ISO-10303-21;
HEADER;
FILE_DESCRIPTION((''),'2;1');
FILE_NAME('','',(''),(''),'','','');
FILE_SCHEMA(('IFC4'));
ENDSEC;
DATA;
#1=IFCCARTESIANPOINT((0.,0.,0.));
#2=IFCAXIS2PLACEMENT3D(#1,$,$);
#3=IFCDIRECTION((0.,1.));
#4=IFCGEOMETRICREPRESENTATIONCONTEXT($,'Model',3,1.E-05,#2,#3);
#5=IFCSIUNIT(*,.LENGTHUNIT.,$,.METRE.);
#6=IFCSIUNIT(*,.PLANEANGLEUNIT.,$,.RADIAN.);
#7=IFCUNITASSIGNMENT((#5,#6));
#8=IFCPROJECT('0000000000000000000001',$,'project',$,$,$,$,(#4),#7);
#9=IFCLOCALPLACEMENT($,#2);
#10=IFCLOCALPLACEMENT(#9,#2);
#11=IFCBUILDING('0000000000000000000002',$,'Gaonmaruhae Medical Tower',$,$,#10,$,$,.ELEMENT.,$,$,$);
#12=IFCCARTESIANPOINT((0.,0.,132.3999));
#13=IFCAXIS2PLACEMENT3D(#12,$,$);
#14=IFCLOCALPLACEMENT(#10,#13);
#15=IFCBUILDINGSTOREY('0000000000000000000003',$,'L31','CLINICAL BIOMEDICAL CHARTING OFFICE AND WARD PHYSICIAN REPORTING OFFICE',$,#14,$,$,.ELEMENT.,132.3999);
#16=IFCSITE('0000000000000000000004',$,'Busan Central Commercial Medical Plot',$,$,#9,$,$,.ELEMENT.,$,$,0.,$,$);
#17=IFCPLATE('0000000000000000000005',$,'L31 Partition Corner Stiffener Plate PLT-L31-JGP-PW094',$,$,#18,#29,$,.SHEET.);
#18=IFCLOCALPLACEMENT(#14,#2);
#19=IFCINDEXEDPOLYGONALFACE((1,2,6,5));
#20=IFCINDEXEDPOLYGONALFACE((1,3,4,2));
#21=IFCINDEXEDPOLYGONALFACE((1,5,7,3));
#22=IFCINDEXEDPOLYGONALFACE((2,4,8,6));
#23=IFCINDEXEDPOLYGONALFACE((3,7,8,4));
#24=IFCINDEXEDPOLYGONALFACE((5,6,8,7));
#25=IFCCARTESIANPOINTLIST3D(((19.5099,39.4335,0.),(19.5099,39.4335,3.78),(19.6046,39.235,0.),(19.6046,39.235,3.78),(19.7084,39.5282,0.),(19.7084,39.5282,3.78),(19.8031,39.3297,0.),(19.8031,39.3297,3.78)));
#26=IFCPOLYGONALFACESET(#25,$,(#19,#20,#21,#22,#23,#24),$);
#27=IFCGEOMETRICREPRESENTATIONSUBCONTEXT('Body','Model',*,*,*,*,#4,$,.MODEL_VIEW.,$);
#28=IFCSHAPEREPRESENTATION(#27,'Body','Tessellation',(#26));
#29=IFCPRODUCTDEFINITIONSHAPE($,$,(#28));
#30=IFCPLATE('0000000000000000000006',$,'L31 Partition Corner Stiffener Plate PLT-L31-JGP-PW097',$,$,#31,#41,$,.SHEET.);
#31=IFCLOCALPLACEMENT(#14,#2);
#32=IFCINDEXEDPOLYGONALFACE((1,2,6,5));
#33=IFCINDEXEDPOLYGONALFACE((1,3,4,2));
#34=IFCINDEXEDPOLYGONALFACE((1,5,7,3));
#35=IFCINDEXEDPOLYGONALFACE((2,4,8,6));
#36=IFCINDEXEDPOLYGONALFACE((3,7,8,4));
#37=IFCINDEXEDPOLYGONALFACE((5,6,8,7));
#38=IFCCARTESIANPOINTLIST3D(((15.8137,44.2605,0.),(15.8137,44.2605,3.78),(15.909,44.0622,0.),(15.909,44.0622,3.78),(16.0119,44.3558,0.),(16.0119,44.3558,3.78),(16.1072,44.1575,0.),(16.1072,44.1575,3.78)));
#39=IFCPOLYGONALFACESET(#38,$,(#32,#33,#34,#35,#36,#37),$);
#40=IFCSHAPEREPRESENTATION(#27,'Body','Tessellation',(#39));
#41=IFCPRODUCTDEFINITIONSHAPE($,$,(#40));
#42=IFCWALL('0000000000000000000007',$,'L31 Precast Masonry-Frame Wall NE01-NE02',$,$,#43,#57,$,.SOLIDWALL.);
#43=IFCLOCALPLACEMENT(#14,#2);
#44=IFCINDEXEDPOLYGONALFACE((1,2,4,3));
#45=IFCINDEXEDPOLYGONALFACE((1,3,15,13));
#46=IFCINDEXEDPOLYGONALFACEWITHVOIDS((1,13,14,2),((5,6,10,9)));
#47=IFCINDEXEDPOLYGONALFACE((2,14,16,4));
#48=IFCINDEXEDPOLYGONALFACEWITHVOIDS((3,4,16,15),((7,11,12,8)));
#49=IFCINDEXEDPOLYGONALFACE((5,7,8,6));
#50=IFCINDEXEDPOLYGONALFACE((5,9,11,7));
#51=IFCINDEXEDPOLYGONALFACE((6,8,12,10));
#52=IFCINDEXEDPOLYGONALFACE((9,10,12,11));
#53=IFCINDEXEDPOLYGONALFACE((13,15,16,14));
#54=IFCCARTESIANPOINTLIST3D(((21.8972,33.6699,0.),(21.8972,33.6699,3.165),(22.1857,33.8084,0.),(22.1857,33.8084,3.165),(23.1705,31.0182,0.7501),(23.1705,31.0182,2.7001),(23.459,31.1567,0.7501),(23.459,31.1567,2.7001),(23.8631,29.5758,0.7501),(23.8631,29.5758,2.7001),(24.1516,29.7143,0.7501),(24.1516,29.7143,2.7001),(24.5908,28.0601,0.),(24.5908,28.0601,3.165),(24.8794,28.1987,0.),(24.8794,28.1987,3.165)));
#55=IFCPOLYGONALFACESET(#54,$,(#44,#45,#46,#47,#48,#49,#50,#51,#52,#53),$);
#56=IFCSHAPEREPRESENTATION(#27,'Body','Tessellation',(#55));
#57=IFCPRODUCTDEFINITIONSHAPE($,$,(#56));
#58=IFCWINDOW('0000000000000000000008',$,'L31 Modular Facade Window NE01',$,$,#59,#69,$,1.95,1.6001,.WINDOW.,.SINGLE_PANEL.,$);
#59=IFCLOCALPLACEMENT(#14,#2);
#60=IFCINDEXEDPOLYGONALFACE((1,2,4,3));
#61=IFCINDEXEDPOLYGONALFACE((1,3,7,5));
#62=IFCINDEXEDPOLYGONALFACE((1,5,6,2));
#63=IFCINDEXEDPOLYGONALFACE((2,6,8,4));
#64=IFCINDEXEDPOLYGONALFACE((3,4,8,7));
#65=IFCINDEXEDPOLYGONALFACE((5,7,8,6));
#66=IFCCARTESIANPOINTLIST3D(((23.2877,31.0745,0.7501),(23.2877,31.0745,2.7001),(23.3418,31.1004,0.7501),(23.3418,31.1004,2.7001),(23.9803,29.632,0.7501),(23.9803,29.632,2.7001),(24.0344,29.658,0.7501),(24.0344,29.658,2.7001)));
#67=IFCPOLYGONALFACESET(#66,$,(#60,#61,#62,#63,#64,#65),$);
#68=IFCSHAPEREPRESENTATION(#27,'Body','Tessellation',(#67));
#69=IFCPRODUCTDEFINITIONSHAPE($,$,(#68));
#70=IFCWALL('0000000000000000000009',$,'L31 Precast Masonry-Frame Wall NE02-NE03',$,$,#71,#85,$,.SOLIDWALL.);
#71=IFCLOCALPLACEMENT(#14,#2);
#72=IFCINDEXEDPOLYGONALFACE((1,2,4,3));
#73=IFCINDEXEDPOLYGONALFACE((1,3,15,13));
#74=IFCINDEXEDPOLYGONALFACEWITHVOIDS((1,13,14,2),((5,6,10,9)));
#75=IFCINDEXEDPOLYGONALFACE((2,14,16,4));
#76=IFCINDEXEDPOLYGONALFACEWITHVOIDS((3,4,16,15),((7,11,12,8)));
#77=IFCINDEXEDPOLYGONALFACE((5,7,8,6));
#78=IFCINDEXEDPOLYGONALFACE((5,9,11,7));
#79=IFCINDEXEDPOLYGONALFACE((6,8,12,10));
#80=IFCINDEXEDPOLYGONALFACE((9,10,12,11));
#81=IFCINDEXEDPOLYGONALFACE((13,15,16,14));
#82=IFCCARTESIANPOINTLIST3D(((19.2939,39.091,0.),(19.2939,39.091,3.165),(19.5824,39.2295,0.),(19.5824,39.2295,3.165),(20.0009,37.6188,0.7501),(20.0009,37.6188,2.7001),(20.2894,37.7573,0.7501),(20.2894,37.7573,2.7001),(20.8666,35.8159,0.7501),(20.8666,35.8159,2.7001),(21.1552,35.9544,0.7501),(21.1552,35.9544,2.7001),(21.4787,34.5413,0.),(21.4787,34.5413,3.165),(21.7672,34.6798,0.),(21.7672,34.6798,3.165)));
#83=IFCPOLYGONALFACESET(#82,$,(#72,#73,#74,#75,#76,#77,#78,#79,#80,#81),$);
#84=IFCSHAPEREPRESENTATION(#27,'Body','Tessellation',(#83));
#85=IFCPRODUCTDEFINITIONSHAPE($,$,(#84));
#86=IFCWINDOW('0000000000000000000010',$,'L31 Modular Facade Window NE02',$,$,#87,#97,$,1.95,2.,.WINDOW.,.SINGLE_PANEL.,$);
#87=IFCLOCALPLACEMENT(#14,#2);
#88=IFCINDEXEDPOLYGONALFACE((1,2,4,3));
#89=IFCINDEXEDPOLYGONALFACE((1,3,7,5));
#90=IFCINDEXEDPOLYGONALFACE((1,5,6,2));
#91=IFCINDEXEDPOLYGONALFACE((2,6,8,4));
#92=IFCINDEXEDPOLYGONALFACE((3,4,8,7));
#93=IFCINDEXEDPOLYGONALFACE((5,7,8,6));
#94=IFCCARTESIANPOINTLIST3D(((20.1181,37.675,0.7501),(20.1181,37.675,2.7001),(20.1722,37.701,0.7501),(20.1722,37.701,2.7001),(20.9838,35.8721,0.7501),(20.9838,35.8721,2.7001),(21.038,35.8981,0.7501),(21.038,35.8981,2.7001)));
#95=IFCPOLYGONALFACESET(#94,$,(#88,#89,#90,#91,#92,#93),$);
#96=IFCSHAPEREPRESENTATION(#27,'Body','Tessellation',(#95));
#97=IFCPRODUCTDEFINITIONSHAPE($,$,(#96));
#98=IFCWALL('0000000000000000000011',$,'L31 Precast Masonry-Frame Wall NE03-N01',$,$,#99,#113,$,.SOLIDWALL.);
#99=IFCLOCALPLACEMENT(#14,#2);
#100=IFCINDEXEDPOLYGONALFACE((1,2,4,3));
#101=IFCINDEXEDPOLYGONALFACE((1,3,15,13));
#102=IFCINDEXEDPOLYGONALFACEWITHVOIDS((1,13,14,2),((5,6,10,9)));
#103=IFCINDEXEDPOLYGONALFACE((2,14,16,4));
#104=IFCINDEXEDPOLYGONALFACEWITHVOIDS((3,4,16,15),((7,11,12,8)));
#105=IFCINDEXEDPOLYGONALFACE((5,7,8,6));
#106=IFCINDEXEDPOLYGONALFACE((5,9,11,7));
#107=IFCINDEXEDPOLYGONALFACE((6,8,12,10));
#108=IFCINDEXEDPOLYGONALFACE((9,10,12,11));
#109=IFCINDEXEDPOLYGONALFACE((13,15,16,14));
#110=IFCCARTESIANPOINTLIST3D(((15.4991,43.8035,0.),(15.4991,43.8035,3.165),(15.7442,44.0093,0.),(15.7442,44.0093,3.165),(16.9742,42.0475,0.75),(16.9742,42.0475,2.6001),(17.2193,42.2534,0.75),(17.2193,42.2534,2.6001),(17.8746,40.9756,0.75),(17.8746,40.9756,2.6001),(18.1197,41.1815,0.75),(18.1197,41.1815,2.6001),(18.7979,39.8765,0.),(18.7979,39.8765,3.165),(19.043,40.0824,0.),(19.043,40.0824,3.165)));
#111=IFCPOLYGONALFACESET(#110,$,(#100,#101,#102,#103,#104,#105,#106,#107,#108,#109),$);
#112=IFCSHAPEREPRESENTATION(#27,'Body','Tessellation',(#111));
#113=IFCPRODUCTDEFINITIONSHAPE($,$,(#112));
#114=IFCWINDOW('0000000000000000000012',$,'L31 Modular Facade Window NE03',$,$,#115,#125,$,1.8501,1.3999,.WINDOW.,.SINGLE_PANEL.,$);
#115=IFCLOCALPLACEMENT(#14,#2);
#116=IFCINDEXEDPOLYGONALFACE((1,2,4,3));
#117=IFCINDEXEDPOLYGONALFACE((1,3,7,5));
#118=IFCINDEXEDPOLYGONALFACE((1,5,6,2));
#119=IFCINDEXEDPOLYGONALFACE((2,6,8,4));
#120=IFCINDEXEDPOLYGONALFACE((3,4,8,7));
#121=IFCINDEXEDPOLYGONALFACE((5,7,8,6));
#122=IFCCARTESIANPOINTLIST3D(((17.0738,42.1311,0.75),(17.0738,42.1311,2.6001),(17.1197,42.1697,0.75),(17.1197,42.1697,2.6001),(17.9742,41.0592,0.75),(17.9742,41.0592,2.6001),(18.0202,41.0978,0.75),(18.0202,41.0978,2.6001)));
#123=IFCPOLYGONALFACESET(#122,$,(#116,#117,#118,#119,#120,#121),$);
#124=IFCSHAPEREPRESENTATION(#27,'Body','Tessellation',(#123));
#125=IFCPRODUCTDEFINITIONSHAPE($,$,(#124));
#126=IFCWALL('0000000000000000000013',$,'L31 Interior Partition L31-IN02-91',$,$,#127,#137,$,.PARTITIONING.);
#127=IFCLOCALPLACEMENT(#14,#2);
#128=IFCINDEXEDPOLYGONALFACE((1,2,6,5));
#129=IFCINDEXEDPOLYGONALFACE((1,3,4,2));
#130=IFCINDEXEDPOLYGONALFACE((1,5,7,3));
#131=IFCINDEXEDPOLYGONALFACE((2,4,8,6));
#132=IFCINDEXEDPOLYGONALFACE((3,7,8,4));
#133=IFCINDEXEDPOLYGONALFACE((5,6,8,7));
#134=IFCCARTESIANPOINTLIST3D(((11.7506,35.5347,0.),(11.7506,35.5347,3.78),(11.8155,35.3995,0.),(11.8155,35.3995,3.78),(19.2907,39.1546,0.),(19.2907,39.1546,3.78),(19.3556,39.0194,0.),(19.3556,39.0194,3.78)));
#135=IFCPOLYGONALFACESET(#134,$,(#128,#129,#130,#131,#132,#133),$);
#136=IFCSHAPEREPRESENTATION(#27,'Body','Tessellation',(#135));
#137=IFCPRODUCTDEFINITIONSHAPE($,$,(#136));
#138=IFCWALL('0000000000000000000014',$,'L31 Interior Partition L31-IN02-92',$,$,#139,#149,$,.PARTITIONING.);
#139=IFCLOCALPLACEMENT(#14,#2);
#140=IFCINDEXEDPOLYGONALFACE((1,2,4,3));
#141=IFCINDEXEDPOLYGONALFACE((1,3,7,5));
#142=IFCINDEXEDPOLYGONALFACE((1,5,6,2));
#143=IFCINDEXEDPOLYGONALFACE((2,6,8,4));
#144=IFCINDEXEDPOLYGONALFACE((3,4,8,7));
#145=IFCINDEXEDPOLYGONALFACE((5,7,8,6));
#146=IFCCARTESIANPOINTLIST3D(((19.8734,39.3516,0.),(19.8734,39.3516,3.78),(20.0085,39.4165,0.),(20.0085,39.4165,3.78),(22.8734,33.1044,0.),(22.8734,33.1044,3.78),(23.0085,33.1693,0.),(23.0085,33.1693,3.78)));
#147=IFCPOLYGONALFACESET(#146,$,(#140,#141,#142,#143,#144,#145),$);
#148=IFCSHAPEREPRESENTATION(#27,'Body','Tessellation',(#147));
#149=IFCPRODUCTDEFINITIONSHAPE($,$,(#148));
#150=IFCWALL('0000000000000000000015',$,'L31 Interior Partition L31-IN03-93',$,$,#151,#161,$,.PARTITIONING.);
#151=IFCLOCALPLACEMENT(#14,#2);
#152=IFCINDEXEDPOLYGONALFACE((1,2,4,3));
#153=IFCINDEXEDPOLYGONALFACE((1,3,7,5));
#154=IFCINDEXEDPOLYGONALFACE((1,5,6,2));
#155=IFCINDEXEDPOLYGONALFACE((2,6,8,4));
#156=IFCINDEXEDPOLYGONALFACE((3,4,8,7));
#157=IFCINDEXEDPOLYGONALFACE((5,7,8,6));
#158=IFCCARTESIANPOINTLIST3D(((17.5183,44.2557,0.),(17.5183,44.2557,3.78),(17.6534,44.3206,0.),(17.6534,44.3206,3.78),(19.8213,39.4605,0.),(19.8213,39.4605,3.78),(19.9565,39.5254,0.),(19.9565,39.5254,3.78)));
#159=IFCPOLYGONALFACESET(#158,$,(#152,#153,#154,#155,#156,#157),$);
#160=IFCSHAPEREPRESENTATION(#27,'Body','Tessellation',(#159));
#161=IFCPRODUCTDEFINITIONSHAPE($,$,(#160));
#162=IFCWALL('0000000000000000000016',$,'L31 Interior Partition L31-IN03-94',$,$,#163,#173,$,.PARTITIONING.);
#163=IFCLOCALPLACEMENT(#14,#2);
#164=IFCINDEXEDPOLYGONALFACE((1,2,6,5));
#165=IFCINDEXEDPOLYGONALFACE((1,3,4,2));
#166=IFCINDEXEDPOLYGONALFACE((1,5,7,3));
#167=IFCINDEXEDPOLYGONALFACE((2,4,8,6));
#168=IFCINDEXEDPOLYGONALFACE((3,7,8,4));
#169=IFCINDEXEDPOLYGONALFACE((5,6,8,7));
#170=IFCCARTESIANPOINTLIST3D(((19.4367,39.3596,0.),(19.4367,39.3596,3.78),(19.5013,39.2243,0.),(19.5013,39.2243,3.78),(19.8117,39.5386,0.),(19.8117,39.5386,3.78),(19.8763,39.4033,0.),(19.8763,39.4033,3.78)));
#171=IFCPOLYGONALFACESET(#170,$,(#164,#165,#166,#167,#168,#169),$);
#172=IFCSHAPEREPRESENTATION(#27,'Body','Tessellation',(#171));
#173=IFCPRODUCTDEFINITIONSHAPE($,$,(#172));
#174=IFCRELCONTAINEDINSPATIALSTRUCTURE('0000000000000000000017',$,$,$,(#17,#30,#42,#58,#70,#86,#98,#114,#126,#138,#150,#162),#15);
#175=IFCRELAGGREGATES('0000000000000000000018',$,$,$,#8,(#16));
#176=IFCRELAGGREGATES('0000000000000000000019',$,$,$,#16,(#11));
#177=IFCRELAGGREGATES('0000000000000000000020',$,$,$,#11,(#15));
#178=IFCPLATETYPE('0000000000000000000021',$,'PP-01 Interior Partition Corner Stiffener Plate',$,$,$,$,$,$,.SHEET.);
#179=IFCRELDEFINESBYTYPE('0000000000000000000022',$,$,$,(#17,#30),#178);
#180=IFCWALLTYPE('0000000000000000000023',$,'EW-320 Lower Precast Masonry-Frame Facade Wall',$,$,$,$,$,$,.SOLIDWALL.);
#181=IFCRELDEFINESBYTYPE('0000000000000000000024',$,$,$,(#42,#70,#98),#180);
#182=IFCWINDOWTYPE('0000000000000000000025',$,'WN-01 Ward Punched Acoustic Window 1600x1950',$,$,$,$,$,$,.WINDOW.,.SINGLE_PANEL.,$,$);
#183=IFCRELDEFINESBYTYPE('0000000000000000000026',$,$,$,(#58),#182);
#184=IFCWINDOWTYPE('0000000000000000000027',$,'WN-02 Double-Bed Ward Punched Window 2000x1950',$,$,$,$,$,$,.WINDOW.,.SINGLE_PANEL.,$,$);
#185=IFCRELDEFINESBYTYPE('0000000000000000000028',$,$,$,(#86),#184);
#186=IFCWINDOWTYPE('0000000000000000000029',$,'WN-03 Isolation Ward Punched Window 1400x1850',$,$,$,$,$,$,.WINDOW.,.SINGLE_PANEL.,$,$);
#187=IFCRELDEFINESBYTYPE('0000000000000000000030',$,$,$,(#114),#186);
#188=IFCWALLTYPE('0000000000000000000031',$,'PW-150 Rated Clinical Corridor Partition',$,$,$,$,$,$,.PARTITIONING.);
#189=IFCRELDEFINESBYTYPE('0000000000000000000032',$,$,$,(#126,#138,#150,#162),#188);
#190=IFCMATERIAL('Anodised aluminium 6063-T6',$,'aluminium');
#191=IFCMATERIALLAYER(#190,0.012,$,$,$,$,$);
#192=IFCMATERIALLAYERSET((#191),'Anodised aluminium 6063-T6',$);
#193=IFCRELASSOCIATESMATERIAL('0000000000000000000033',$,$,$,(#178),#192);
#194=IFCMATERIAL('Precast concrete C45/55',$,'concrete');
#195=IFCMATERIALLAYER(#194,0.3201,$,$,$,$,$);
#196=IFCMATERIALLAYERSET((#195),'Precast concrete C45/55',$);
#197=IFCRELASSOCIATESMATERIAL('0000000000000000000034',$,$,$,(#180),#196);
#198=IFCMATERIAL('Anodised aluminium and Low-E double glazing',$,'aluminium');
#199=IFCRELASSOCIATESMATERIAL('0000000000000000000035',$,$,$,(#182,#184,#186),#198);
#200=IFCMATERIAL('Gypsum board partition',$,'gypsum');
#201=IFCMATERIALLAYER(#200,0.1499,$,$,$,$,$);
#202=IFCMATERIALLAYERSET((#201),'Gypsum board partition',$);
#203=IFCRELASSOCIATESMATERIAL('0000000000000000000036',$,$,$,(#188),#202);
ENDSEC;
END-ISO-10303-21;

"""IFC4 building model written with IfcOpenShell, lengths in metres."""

from ifc_helpers import new_model, si_unit, direction, frame, frame_2d, origin, origin_2d, place, context, subcontext, project, spatial, rectangle, extrude, material, layer, layer_set, type_object, element, fill, save


model = new_model("IFC4")

# Units and contexts
model_context = context("Model", 3, precision=1e-05, world=origin(), true_north=direction((0.0, 1.0)))
body_context = subcontext(model_context, "Body", "Model", "MODEL_VIEW")
ifc_project = project(units=[si_unit("LENGTHUNIT", "METRE"), si_unit("PLANEANGLEUNIT", "RADIAN")], contexts=[model_context])

# Site, building, storey
site_placement = place(None, origin())
site = spatial("IfcSite", under=ifc_project, at=site_placement, Name="Busan Central Commercial Medical Plot", CompositionType="ELEMENT", RefElevation=0.0)
building_placement = place(site_placement, origin())
building = spatial("IfcBuilding", under=site, at=building_placement, Name="Gaonmaruhae Medical Tower", CompositionType="ELEMENT")
storey_placement = place(building_placement, frame((0.0, 0.0, 132.3999)))
storey = spatial("IfcBuildingStorey", under=building, at=storey_placement, Name="L31", Description="CLINICAL BIOMEDICAL CHARTING OFFICE AND WARD PHYSICIAN REPORTING OFFICE", CompositionType="ELEMENT", Elevation=132.3999)

# Plates
ifc_material_1 = material(Name="Anodised aluminium 6063-T6", Category="aluminium")
ifc_layer_1 = layer(ifc_material_1, 0.012)
ifc_layer_set_1 = layer_set([ifc_layer_1], Name="Anodised aluminium 6063-T6")
plate_type = type_object("IfcPlateType", Name="PP-01 Interior Partition Corner Stiffener Plate", PredefinedType="SHEET", material=ifc_layer_set_1)
for number, where, z_axis, x_axis, name in (
    (1, (19.6565, 39.3816, 0.0), (0.0, 0.0, 1.0), (-0.902458, -0.430779, 0.0), "L31 Partition Corner Stiffener Plate PLT-L31-JGP-PW094"),
    (2, (15.9604, 44.209, 0.0), (0.0, 0.0, 1.0), (0.433187, -0.901304, 0.0), "L31 Partition Corner Stiffener Plate PLT-L31-JGP-PW097"),
):
    element("IfcPlate", number, at=place(storey_placement, frame(where, z_axis=z_axis, x_axis=x_axis)), inside=storey, type_object=plate_type, Name=name, PredefinedType="SHEET", context=body_context, shape_type="SweptSolid", body=[
        extrude(rectangle(XDim=0.22, YDim=0.22, at=origin_2d()), origin(), (0.0, 0.0, 1.0), 3.78),
    ])

# Walls, openings, windows
ifc_material_2 = material(Name="Precast concrete C45/55", Category="concrete")
ifc_layer_2 = layer(ifc_material_2, 0.3201)
ifc_layer_set_2 = layer_set([ifc_layer_2], Name="Precast concrete C45/55")
wall_type_1 = type_object("IfcWallType", Name="EW-320 Lower Precast Masonry-Frame Facade Wall", PredefinedType="SOLIDWALL", material=ifc_layer_set_2)
wall_1_placement = place(storey_placement, frame((22.0415, 33.739, 0.0), z_axis=(0.0, 0.0, 1.0), x_axis=(0.43286, -0.901461, 0.0)))
wall_1 = element("IfcWall", 3, at=wall_1_placement, inside=storey, type_object=wall_type_1, Name="L31 Precast Masonry-Frame Wall NE01-NE02", PredefinedType="SOLIDWALL", context=body_context, shape_type="SweptSolid", body=[
    extrude(rectangle(XDim=6.2229, YDim=0.3201, at=frame_2d((3.1113, 0.0))), origin(), (0.0, 0.0, 1.0), 3.165),
])
opening_1_placement = place(wall_1_placement, frame((2.9414, 0.0, 0.75)))
opening_1 = element("IfcOpeningElement", 4, at=opening_1_placement, cuts=wall_1, PredefinedType="OPENING", context=body_context, shape_type="SweptSolid", body=[
    extrude(rectangle(XDim=1.6001, YDim=1.95, at=frame_2d((0.8, 0.9751))), frame((0.0, 0.1699, 0.0), z_axis=(0.0, -1.0, 0.0), x_axis=(1.0, 0.0, 0.0)), (0.0, 0.0, 1.0), 0.3401),
])
ifc_material_3 = material(Name="Anodised aluminium and Low-E double glazing", Category="aluminium")
window_type_1 = type_object("IfcWindowType", Name="WN-01 Ward Punched Acoustic Window 1600x1950", PartitioningType="SINGLE_PANEL", PredefinedType="WINDOW", material=ifc_material_3)
window_1_placement = place(opening_1_placement, origin())
window_1 = element("IfcWindow", 5, at=window_1_placement, inside=storey, type_object=window_type_1, Name="L31 Modular Facade Window NE01", OverallHeight=1.95, OverallWidth=1.6001, PartitioningType="SINGLE_PANEL", PredefinedType="WINDOW", context=body_context, shape_type="SweptSolid", body=[
    extrude(rectangle(XDim=1.6001, YDim=1.95, at=frame_2d((0.8, 0.9751))), frame((0.0, 0.03, 0.0), z_axis=(0.0, -1.0, 0.0), x_axis=(1.0, 0.0, 0.0)), (0.0, 0.0, 1.0), 0.0601),
])
fill(opening_1, window_1)
wall_2_placement = place(storey_placement, frame((19.4382, 39.1602, 0.0), z_axis=(0.0, 0.0, 1.0), x_axis=(0.432877, -0.901453, 0.0)))
wall_2 = element("IfcWall", 6, at=wall_2_placement, inside=storey, type_object=wall_type_1, Name="L31 Precast Masonry-Frame Wall NE02-NE03", PredefinedType="SOLIDWALL", context=body_context, shape_type="SweptSolid", body=[
    extrude(rectangle(XDim=5.0471, YDim=0.3201, at=frame_2d((2.5234, 0.0))), origin(), (0.0, 0.0, 1.0), 3.165),
])
opening_2_placement = place(wall_2_placement, frame((1.6331, 0.0, 0.75)))
opening_2 = element("IfcOpeningElement", 7, at=opening_2_placement, cuts=wall_2, PredefinedType="OPENING", context=body_context, shape_type="SweptSolid", body=[
    extrude(rectangle(XDim=2.0, YDim=1.95, at=frame_2d((1.0, 0.9751))), frame((0.0, 0.1699, 0.0), z_axis=(0.0, -1.0, 0.0), x_axis=(1.0, 0.0, 0.0)), (0.0, 0.0, 1.0), 0.3401),
])
window_type_2 = type_object("IfcWindowType", Name="WN-02 Double-Bed Ward Punched Window 2000x1950", PartitioningType="SINGLE_PANEL", PredefinedType="WINDOW", material=ifc_material_3)
window_2_placement = place(opening_2_placement, origin())
window_2 = element("IfcWindow", 8, at=window_2_placement, inside=storey, type_object=window_type_2, Name="L31 Modular Facade Window NE02", OverallHeight=1.95, OverallWidth=2.0, PartitioningType="SINGLE_PANEL", PredefinedType="WINDOW", context=body_context, shape_type="SweptSolid", body=[
    extrude(rectangle(XDim=2.0, YDim=1.95, at=frame_2d((1.0, 0.9751))), frame((0.0, 0.03, 0.0), z_axis=(0.0, -1.0, 0.0), x_axis=(1.0, 0.0, 0.0)), (0.0, 0.0, 1.0), 0.0601),
])
fill(opening_2, window_2)
wall_3_placement = place(storey_placement, frame((15.6216, 43.9065, 0.0), z_axis=(0.0, 0.0, 1.0), x_axis=(0.643209, -0.765691, 0.0)))
wall_3 = element("IfcWall", 9, at=wall_3_placement, inside=storey, type_object=wall_type_1, Name="L31 Precast Masonry-Frame Wall NE03-N01", PredefinedType="SOLIDWALL", context=body_context, shape_type="SweptSolid", body=[
    extrude(rectangle(XDim=5.1287, YDim=0.3201, at=frame_2d((2.5645, 0.0))), origin(), (0.0, 0.0, 1.0), 3.165),
])
opening_3_placement = place(wall_3_placement, frame((2.2935, 0.0, 0.75)))
opening_3 = element("IfcOpeningElement", 10, at=opening_3_placement, cuts=wall_3, PredefinedType="OPENING", context=body_context, shape_type="SweptSolid", body=[
    extrude(rectangle(XDim=1.3999, YDim=1.8501, at=frame_2d((0.7, 0.925))), frame((0.0, 0.1699, 0.0), z_axis=(0.0, -1.0, 0.0), x_axis=(1.0, 0.0, 0.0)), (0.0, 0.0, 1.0), 0.3401),
])
window_type_3 = type_object("IfcWindowType", Name="WN-03 Isolation Ward Punched Window 1400x1850", PartitioningType="SINGLE_PANEL", PredefinedType="WINDOW", material=ifc_material_3)
window_3_placement = place(opening_3_placement, origin())
window_3 = element("IfcWindow", 11, at=window_3_placement, inside=storey, type_object=window_type_3, Name="L31 Modular Facade Window NE03", OverallHeight=1.8501, OverallWidth=1.3999, PartitioningType="SINGLE_PANEL", PredefinedType="WINDOW", context=body_context, shape_type="SweptSolid", body=[
    extrude(rectangle(XDim=1.3999, YDim=1.8501, at=frame_2d((0.7, 0.925))), frame((0.0, 0.03, 0.0), z_axis=(0.0, -1.0, 0.0), x_axis=(1.0, 0.0, 0.0)), (0.0, 0.0, 1.0), 0.0601),
])
fill(opening_3, window_3)

# Walls
ifc_material_4 = material(Name="Gypsum board partition", Category="gypsum")
ifc_layer_3 = layer(ifc_material_4, 0.1499)
ifc_layer_set_3 = layer_set([ifc_layer_3], Name="Gypsum board partition")
wall_type_2 = type_object("IfcWallType", Name="PW-150 Rated Clinical Corridor Partition", PredefinedType="PARTITIONING", material=ifc_layer_set_3)
wall_4_placement = place(storey_placement, frame((11.783, 35.467, 0.0), z_axis=(0.0, 0.0, 1.0), x_axis=(0.901493, 0.432795, 0.0)))
element("IfcWall", 12, at=wall_4_placement, inside=storey, type_object=wall_type_2, Name="L31 Interior Partition L31-IN02-91", PredefinedType="PARTITIONING", context=body_context, shape_type="SweptSolid", body=[
    extrude(rectangle(XDim=8.364, YDim=0.1499, at=frame_2d((4.1821, 0.0))), origin(), (0.0, 0.0, 1.0), 3.78),
])
wall_5_placement = place(storey_placement, frame((19.9409, 39.384, 0.0), z_axis=(0.0, 0.0, 1.0), x_axis=(0.432896, -0.901444, 0.0)))
element("IfcWall", 13, at=wall_5_placement, inside=storey, type_object=wall_type_2, Name="L31 Interior Partition L31-IN02-92", PredefinedType="PARTITIONING", context=body_context, shape_type="SweptSolid", body=[
    extrude(rectangle(XDim=6.9302, YDim=0.1499, at=frame_2d((3.4651, 0.0))), origin(), (0.0, 0.0, 1.0), 3.78),
])
wall_6_placement = place(storey_placement, frame((17.5859, 44.2881, 0.0), z_axis=(0.0, 0.0, 1.0), x_axis=(0.432929, -0.901428, 0.0)))
element("IfcWall", 14, at=wall_6_placement, inside=storey, type_object=wall_type_2, Name="L31 Interior Partition L31-IN03-93", PredefinedType="PARTITIONING", context=body_context, shape_type="SweptSolid", body=[
    extrude(rectangle(XDim=5.3196, YDim=0.1499, at=frame_2d((2.6597, 0.0))), origin(), (0.0, 0.0, 1.0), 3.78),
])
wall_7_placement = place(storey_placement, frame((19.844, 39.4709, 0.0), z_axis=(0.0, 0.0, 1.0), x_axis=(-0.902502, -0.430686, 0.0)))
element("IfcWall", 15, at=wall_7_placement, inside=storey, type_object=wall_type_2, Name="L31 Interior Partition L31-IN03-94", PredefinedType="PARTITIONING", context=body_context, shape_type="SweptSolid", body=[
    extrude(rectangle(XDim=0.4155, YDim=0.1499, at=frame_2d((0.2078, 0.0))), origin(), (0.0, 0.0, 1.0), 3.78),
])

save(model, "model.ifc")
